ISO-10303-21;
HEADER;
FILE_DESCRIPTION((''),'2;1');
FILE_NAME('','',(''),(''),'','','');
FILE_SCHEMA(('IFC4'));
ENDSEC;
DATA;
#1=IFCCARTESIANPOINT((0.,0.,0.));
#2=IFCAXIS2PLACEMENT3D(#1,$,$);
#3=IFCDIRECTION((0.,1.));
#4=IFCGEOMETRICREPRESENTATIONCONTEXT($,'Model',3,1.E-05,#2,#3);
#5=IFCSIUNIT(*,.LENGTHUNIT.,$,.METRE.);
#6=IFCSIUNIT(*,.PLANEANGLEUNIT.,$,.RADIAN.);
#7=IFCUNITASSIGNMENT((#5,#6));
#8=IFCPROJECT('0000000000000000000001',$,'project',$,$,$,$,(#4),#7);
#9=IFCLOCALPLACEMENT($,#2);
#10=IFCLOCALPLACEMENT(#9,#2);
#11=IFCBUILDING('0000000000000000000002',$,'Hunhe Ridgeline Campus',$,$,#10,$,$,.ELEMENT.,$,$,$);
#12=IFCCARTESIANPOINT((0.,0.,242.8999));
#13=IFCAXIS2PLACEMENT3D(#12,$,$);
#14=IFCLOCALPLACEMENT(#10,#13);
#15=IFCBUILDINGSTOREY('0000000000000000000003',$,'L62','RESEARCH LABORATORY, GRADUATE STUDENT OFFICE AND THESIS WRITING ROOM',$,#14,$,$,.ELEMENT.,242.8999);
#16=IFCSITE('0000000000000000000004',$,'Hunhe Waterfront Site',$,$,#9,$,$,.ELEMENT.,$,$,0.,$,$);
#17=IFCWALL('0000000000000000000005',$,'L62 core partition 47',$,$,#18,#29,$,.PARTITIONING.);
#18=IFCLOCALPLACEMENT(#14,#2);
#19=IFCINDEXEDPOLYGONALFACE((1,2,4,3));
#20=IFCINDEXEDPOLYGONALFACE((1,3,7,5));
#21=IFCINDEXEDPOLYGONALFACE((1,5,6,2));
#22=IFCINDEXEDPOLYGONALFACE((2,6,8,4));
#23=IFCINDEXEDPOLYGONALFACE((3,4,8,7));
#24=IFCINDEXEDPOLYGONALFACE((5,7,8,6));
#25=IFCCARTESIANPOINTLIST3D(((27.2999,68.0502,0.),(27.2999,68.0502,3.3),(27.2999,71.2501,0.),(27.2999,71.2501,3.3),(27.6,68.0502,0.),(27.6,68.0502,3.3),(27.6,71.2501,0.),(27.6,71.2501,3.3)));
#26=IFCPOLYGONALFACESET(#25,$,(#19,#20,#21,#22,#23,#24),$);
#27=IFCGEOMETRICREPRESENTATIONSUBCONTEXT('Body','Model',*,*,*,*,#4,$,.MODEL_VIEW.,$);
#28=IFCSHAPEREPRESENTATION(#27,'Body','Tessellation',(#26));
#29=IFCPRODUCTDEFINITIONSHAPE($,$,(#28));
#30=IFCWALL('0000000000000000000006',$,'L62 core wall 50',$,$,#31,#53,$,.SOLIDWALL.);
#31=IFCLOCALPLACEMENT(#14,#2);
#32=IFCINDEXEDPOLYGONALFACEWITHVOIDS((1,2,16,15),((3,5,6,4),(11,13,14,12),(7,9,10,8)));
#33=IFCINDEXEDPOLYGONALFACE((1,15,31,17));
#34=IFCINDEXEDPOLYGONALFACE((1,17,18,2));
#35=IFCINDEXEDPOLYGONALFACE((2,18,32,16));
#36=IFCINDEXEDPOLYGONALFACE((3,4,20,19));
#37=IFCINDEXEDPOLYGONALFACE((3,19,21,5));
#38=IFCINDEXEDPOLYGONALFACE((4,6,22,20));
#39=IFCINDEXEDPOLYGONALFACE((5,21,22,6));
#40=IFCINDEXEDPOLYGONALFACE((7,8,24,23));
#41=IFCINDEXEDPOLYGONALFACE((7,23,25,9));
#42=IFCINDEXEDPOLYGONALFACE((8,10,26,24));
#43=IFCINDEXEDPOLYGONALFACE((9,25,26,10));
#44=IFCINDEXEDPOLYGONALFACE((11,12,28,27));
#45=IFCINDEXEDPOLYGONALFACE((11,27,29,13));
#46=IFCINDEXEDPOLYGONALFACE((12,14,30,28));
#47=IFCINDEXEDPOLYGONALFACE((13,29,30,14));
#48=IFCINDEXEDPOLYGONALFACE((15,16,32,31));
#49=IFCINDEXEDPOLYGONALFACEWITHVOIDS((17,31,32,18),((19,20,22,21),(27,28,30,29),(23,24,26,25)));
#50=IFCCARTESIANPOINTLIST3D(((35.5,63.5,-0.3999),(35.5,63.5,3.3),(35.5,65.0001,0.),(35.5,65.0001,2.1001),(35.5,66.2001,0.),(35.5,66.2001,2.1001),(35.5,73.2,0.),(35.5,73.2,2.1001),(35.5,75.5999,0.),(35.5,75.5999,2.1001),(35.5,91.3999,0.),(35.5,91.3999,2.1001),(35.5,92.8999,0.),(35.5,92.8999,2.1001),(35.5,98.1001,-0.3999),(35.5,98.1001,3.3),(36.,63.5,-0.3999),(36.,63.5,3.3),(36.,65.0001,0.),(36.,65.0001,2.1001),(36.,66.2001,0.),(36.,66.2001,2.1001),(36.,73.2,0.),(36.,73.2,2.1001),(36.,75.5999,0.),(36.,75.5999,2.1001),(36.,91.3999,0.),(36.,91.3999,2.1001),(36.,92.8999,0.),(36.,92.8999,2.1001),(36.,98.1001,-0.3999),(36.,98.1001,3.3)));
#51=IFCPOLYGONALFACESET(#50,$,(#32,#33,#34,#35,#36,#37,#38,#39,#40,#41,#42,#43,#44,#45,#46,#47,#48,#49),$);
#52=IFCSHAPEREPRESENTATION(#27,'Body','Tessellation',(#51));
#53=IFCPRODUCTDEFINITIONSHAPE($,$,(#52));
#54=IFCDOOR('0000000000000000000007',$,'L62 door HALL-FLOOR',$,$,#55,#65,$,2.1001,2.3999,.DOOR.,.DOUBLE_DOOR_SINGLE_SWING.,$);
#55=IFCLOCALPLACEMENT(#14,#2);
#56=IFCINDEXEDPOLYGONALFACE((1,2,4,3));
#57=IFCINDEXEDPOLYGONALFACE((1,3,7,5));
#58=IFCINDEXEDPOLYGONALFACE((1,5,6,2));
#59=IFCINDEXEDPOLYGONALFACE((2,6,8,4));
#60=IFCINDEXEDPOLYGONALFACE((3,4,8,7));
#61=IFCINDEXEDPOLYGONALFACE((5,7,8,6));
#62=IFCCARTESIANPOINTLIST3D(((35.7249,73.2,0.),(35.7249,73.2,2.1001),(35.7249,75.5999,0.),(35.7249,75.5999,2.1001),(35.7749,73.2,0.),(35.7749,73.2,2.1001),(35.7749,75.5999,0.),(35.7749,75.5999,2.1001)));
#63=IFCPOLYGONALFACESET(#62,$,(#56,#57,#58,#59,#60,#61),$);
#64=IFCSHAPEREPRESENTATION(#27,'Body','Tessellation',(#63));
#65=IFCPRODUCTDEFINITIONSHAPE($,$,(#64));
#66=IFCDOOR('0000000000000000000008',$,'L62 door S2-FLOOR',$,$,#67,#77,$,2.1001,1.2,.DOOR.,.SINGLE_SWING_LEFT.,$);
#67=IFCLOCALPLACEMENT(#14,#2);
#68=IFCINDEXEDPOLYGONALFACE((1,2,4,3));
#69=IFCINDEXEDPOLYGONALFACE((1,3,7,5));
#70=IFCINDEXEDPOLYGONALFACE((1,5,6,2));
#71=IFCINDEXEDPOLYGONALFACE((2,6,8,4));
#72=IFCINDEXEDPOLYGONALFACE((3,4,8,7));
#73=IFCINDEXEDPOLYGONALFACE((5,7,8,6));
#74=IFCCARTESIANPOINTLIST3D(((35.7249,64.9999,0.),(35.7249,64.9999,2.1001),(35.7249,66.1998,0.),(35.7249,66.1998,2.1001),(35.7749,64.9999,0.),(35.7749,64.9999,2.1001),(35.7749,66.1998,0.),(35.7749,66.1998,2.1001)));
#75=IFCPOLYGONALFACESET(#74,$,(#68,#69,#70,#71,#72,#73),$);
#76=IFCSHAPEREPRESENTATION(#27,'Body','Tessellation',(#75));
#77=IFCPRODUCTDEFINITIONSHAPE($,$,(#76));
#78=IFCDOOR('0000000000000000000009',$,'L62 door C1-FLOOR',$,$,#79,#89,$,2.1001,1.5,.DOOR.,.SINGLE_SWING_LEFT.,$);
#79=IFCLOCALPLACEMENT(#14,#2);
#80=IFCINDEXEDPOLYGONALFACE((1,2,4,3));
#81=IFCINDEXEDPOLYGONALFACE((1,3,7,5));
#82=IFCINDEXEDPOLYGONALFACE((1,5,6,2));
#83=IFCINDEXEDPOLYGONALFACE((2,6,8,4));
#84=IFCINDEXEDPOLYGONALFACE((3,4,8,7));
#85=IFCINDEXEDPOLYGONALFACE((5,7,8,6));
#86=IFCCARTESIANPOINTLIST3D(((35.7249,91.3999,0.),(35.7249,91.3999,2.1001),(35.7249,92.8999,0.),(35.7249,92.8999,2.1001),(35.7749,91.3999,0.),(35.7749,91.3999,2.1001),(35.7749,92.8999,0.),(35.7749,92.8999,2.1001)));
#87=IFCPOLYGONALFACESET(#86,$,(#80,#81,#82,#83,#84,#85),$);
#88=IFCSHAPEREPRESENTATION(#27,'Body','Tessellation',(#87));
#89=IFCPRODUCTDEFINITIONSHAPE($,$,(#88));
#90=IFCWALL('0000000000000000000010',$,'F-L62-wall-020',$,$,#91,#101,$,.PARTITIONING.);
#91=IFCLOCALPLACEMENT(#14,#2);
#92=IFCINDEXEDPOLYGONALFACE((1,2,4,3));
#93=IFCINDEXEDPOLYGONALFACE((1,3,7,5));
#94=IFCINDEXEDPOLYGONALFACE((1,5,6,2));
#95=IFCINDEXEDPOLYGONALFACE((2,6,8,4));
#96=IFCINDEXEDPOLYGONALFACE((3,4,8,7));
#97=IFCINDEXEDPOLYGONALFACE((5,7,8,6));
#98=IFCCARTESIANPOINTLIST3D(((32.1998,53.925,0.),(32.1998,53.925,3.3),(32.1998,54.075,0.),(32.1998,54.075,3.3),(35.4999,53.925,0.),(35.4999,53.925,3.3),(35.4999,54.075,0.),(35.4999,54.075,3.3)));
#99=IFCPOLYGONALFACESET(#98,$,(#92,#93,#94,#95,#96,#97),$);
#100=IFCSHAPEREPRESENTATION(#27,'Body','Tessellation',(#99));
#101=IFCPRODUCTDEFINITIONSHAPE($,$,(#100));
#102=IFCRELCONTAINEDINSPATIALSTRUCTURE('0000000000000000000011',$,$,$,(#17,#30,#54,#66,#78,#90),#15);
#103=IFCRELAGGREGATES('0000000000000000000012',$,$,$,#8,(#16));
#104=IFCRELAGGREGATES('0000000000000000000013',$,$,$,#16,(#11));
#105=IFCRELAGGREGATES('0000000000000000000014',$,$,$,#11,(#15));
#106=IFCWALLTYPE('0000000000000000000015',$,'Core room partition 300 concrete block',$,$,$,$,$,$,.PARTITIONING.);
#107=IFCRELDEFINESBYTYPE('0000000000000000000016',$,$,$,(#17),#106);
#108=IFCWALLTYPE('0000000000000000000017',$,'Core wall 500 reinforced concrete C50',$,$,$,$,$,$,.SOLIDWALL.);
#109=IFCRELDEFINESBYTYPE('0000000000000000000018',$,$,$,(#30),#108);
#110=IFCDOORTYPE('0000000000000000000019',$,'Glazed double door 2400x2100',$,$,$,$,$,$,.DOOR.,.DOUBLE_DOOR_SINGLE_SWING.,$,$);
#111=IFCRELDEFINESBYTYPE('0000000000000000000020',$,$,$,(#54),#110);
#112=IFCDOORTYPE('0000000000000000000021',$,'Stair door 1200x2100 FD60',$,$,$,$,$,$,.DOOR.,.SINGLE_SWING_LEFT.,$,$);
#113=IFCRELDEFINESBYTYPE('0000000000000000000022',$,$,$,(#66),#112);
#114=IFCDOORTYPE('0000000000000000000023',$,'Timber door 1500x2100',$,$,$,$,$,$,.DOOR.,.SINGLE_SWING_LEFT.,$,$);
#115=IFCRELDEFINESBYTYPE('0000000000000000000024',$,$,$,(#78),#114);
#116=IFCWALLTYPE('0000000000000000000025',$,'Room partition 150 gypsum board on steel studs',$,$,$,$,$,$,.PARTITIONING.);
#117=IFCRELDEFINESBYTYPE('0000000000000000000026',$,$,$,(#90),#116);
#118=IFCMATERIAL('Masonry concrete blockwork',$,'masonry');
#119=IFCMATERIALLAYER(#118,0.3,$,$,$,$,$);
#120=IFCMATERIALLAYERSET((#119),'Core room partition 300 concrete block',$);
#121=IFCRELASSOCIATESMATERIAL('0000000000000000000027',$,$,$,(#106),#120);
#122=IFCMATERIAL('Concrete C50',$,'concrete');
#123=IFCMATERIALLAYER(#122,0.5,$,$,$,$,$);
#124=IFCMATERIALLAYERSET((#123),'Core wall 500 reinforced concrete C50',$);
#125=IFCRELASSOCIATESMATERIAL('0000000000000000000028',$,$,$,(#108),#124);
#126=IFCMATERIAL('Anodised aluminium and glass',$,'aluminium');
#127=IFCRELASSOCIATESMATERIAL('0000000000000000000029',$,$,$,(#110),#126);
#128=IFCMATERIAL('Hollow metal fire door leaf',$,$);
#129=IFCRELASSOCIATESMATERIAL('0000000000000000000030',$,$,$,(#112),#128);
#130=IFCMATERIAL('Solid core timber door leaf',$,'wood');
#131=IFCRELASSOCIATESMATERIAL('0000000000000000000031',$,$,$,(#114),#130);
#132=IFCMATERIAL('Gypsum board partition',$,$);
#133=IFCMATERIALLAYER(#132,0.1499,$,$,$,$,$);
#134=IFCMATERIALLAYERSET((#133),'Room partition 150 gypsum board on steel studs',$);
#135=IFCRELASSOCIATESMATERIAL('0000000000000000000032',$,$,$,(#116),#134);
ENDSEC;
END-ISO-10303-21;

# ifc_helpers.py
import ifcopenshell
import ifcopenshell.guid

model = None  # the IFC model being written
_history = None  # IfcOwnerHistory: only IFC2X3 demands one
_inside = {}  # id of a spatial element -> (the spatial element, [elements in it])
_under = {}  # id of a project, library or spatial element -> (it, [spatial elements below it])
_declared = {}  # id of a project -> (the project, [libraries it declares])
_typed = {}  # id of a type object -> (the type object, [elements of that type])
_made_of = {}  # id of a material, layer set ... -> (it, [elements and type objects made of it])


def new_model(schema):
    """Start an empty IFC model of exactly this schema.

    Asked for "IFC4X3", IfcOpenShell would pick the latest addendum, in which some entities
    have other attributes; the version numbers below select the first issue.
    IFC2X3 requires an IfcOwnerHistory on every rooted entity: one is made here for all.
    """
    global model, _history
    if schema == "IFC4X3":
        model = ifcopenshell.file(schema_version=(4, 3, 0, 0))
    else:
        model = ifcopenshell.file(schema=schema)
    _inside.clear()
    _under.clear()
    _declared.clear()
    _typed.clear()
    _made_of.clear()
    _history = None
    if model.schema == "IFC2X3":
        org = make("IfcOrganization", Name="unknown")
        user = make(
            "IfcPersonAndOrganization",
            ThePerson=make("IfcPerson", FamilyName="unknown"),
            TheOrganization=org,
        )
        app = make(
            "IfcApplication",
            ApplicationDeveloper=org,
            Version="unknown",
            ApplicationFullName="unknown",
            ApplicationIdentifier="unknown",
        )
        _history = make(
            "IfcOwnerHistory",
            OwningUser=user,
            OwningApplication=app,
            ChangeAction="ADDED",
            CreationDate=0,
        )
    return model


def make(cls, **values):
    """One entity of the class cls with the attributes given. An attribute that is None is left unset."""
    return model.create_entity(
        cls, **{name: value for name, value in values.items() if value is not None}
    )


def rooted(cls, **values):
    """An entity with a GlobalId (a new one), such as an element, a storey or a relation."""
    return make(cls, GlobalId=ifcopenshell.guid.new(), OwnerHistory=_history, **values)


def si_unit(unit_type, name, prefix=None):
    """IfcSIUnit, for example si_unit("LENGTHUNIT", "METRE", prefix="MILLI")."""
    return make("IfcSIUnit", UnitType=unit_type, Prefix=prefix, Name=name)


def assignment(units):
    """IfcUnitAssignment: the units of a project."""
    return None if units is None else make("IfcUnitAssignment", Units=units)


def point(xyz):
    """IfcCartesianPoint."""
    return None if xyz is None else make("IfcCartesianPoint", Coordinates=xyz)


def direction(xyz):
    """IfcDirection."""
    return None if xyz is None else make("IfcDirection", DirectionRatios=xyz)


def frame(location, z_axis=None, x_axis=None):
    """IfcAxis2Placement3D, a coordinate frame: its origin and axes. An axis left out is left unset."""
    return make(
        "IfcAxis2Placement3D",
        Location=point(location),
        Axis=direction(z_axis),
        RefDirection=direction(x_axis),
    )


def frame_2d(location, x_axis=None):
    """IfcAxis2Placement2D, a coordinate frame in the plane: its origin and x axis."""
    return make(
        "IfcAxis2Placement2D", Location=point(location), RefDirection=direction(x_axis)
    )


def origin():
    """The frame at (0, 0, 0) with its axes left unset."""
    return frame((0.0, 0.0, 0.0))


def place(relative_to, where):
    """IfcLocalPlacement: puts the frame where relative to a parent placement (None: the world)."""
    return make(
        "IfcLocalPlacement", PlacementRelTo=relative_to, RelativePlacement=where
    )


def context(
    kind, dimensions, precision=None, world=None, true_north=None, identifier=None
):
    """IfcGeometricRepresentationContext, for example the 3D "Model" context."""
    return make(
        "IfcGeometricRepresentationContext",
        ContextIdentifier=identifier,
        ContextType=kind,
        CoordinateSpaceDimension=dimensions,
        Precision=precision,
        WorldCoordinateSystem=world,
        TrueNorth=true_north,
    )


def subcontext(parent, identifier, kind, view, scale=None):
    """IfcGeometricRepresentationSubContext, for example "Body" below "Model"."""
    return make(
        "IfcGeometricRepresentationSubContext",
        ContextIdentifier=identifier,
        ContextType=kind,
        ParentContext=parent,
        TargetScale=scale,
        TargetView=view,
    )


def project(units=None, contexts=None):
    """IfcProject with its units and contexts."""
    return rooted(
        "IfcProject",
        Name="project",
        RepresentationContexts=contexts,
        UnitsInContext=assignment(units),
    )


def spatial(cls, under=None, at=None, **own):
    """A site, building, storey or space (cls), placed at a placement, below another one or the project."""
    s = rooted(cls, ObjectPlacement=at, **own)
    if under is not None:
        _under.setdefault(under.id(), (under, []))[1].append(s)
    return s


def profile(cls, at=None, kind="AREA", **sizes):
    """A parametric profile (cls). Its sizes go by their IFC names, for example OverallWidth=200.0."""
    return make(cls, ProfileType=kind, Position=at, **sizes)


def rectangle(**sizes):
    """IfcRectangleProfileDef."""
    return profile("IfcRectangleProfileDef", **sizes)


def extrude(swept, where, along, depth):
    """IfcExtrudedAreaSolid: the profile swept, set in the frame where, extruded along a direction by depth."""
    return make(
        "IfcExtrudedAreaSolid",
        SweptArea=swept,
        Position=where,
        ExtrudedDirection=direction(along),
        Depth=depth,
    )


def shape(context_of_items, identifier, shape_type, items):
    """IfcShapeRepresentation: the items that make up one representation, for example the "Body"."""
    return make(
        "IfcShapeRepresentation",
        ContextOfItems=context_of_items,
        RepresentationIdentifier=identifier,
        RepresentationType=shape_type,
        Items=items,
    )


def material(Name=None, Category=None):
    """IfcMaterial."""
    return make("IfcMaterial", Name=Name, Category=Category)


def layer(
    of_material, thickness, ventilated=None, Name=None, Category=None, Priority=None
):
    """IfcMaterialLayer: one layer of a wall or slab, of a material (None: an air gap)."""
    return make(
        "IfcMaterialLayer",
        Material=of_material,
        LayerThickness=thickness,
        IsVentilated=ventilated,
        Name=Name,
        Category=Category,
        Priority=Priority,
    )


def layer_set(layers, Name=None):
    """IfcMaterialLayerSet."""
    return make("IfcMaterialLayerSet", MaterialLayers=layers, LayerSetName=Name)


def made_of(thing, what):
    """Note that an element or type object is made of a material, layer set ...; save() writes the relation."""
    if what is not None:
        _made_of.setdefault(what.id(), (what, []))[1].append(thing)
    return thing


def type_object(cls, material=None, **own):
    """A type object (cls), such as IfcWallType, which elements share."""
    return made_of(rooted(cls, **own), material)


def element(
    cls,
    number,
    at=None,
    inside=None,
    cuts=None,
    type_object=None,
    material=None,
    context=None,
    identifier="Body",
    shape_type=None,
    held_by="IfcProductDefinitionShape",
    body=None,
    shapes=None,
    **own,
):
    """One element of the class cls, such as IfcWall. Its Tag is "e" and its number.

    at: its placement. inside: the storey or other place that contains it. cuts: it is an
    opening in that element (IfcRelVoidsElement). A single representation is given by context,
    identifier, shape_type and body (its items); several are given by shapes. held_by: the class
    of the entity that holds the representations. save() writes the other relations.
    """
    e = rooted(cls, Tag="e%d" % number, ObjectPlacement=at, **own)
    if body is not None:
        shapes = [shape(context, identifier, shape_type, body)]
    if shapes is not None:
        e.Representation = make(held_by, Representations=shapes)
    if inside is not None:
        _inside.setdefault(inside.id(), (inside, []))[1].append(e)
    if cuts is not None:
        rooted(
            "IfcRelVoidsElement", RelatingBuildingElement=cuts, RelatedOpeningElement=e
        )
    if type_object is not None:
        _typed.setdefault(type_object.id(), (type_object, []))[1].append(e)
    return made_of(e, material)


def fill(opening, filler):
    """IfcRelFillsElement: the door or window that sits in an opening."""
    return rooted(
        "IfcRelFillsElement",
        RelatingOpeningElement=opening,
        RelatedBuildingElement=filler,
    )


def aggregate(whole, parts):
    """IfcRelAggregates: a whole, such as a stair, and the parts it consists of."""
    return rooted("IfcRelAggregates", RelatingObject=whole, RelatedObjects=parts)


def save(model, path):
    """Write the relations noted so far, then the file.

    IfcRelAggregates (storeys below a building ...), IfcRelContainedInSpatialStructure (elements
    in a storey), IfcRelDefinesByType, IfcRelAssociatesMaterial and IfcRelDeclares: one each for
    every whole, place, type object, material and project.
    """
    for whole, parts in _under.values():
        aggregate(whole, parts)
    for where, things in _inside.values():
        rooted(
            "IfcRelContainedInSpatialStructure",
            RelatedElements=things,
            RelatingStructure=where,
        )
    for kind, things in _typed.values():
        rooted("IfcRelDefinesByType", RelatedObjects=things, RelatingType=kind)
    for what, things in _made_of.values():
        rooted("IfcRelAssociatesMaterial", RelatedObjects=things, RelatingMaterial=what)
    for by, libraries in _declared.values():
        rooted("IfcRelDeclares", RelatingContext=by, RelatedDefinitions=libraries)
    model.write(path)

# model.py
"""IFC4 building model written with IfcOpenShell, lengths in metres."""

from ifc_helpers import new_model, si_unit, direction, frame, frame_2d, origin, place, context, subcontext, project, spatial, rectangle, extrude, material, layer, layer_set, type_object, element, fill, save


model = new_model("IFC4")

# Units and contexts
model_context = context("Model", 3, precision=1e-05, world=origin(), true_north=direction((0.0, 1.0)))
body_context = subcontext(model_context, "Body", "Model", "MODEL_VIEW")
ifc_project = project(units=[si_unit("LENGTHUNIT", "METRE"), si_unit("PLANEANGLEUNIT", "RADIAN")], contexts=[model_context])

# Site, building, storey
site_placement = place(None, origin())
site = spatial("IfcSite", under=ifc_project, at=site_placement, Name="Hunhe Waterfront Site", CompositionType="ELEMENT", RefElevation=0.0)
building_placement = place(site_placement, origin())
building = spatial("IfcBuilding", under=site, at=building_placement, Name="Hunhe Ridgeline Campus", CompositionType="ELEMENT")
storey_placement = place(building_placement, frame((0.0, 0.0, 242.8999)))
storey = spatial("IfcBuildingStorey", under=building, at=storey_placement, Name="L62", Description="RESEARCH LABORATORY, GRADUATE STUDENT OFFICE AND THESIS WRITING ROOM", CompositionType="ELEMENT", Elevation=242.8999)

# Wall
ifc_material_1 = material(Name="Masonry concrete blockwork", Category="masonry")
ifc_layer_1 = layer(ifc_material_1, 0.3)
ifc_layer_set_1 = layer_set([ifc_layer_1], Name="Core room partition 300 concrete block")
wall_type_1 = type_object("IfcWallType", Name="Core room partition 300 concrete block", PredefinedType="PARTITIONING", material=ifc_layer_set_1)
wall_1_placement = place(storey_placement, frame((27.45, 68.05, 0.0), z_axis=(0.0, 0.0, 1.0), x_axis=(0.0, 1.0, 0.0)))
element("IfcWall", 1, at=wall_1_placement, inside=storey, type_object=wall_type_1, Name="L62 core partition 47", PredefinedType="PARTITIONING", context=body_context, shape_type="SweptSolid", body=[
    extrude(rectangle(XDim=3.2, YDim=0.3, at=frame_2d((1.6001, 0.0))), origin(), (0.0, 0.0, 1.0), 3.3),
])

# Wall, openings, doors
ifc_material_2 = material(Name="Concrete C50", Category="concrete")
ifc_layer_2 = layer(ifc_material_2, 0.5)
ifc_layer_set_2 = layer_set([ifc_layer_2], Name="Core wall 500 reinforced concrete C50")
wall_type_2 = type_object("IfcWallType", Name="Core wall 500 reinforced concrete C50", PredefinedType="SOLIDWALL", material=ifc_layer_set_2)
wall_2_placement = place(storey_placement, frame((35.75, 63.5, -0.3999), z_axis=(0.0, 0.0, 1.0), x_axis=(0.0, 1.0, 0.0)))
wall_2 = element("IfcWall", 2, at=wall_2_placement, inside=storey, type_object=wall_type_2, Name="L62 core wall 50", PredefinedType="SOLIDWALL", context=body_context, shape_type="SweptSolid", body=[
    extrude(rectangle(XDim=34.6001, YDim=0.5, at=frame_2d((17.3, 0.0))), origin(), (0.0, 0.0, 1.0), 3.7),
])
opening_1_placement = place(wall_2_placement, frame((9.7, 0.0, 0.3999)))
opening_1 = element("IfcOpeningElement", 3, at=opening_1_placement, cuts=wall_2, PredefinedType="OPENING", context=body_context, shape_type="SweptSolid", body=[
    extrude(rectangle(XDim=2.3999, YDim=2.1001, at=frame_2d((1.2, 1.05))), frame((0.0, 0.25, 0.0), z_axis=(0.0, -1.0, 0.0), x_axis=(1.0, 0.0, 0.0)), (0.0, 0.0, 1.0), 0.5),
])
opening_2_placement = place(wall_2_placement, frame((27.8999, 0.0, 0.3999)))
opening_2 = element("IfcOpeningElement", 4, at=opening_2_placement, cuts=wall_2, PredefinedType="OPENING", context=body_context, shape_type="SweptSolid", body=[
    extrude(rectangle(XDim=1.5, YDim=2.1001, at=frame_2d((0.75, 1.05))), frame((0.0, 0.25, 0.0), z_axis=(0.0, -1.0, 0.0), x_axis=(1.0, 0.0, 0.0)), (0.0, 0.0, 1.0), 0.5),
])
opening_3_placement = place(wall_2_placement, frame((1.5, 0.0, 0.3999)))
opening_3 = element("IfcOpeningElement", 5, at=opening_3_placement, cuts=wall_2, PredefinedType="OPENING", context=body_context, shape_type="SweptSolid", body=[
    extrude(rectangle(XDim=1.2, YDim=2.1001, at=frame_2d((0.6001, 1.05))), frame((0.0, 0.25, 0.0), z_axis=(0.0, -1.0, 0.0), x_axis=(1.0, 0.0, 0.0)), (0.0, 0.0, 1.0), 0.5),
])
ifc_material_3 = material(Name="Anodised aluminium and glass", Category="aluminium")
door_type_1 = type_object("IfcDoorType", Name="Glazed double door 2400x2100", OperationType="DOUBLE_DOOR_SINGLE_SWING", PredefinedType="DOOR", material=ifc_material_3)
door_1_placement = place(opening_1_placement, frame((2.3999, 0.0, 0.0), z_axis=(0.0, 0.0, 1.0), x_axis=(-1.0, 0.0, 0.0)))
door_1 = element("IfcDoor", 6, at=door_1_placement, inside=storey, type_object=door_type_1, Name="L62 door HALL-FLOOR", OperationType="DOUBLE_DOOR_SINGLE_SWING", OverallHeight=2.1001, OverallWidth=2.3999, PredefinedType="DOOR", context=body_context, shape_type="SweptSolid", body=[
    extrude(rectangle(XDim=2.3999, YDim=2.1001, at=frame_2d((1.2, 1.05))), frame((0.0, 0.0249, 0.0), z_axis=(0.0, -1.0, 0.0), x_axis=(1.0, 0.0, 0.0)), (0.0, 0.0, 1.0), 0.05),
])
fill(opening_1, door_1)
ifc_material_4 = material(Name="Hollow metal fire door leaf")
door_type_2 = type_object("IfcDoorType", Name="Stair door 1200x2100 FD60", OperationType="SINGLE_SWING_LEFT", PredefinedType="DOOR", material=ifc_material_4)
door_2_placement = place(opening_3_placement, frame((1.2, 0.0, 0.0), z_axis=(0.0, 0.0, 1.0), x_axis=(-1.0, 0.0, 0.0)))
door_2 = element("IfcDoor", 7, at=door_2_placement, inside=storey, type_object=door_type_2, Name="L62 door S2-FLOOR", OperationType="SINGLE_SWING_LEFT", OverallHeight=2.1001, OverallWidth=1.2, PredefinedType="DOOR", context=body_context, shape_type="SweptSolid", body=[
    extrude(rectangle(XDim=1.2, YDim=2.1001, at=frame_2d((0.6001, 1.05))), frame((0.0, 0.0249, 0.0), z_axis=(0.0, -1.0, 0.0), x_axis=(1.0, 0.0, 0.0)), (0.0, 0.0, 1.0), 0.05),
])
fill(opening_3, door_2)
ifc_material_5 = material(Name="Solid core timber door leaf", Category="wood")
door_type_3 = type_object("IfcDoorType", Name="Timber door 1500x2100", OperationType="SINGLE_SWING_LEFT", PredefinedType="DOOR", material=ifc_material_5)
door_3_placement = place(opening_2_placement, frame((1.5, 0.0, 0.0), z_axis=(0.0, 0.0, 1.0), x_axis=(-1.0, 0.0, 0.0)))
door_3 = element("IfcDoor", 8, at=door_3_placement, inside=storey, type_object=door_type_3, Name="L62 door C1-FLOOR", OperationType="SINGLE_SWING_LEFT", OverallHeight=2.1001, OverallWidth=1.5, PredefinedType="DOOR", context=body_context, shape_type="SweptSolid", body=[
    extrude(rectangle(XDim=1.5, YDim=2.1001, at=frame_2d((0.75, 1.05))), frame((0.0, 0.0249, 0.0), z_axis=(0.0, -1.0, 0.0), x_axis=(1.0, 0.0, 0.0)), (0.0, 0.0, 1.0), 0.05),
])
fill(opening_2, door_3)

# Shared definitions
ifc_material_6 = material(Name="Gypsum board partition")

# Wall
ifc_layer_3 = layer(ifc_material_6, 0.1499)
ifc_layer_set_3 = layer_set([ifc_layer_3], Name="Room partition 150 gypsum board on steel studs")
wall_type_3 = type_object("IfcWallType", Name="Room partition 150 gypsum board on steel studs", PredefinedType="PARTITIONING", material=ifc_layer_set_3)
wall_3_placement = place(storey_placement, frame((32.2, 54.0, 0.0), z_axis=(0.0, 0.0, 1.0), x_axis=(1.0, 0.0, 0.0)))
element("IfcWall", 9, at=wall_3_placement, inside=storey, type_object=wall_type_3, Name="F-L62-wall-020", PredefinedType="PARTITIONING", context=body_context, shape_type="SweptSolid", body=[
    extrude(rectangle(XDim=3.3, YDim=0.1499, at=frame_2d((1.6499, 0.0))), origin(), (0.0, 0.0, 1.0), 3.3),
])

save(model, "model.ifc")
